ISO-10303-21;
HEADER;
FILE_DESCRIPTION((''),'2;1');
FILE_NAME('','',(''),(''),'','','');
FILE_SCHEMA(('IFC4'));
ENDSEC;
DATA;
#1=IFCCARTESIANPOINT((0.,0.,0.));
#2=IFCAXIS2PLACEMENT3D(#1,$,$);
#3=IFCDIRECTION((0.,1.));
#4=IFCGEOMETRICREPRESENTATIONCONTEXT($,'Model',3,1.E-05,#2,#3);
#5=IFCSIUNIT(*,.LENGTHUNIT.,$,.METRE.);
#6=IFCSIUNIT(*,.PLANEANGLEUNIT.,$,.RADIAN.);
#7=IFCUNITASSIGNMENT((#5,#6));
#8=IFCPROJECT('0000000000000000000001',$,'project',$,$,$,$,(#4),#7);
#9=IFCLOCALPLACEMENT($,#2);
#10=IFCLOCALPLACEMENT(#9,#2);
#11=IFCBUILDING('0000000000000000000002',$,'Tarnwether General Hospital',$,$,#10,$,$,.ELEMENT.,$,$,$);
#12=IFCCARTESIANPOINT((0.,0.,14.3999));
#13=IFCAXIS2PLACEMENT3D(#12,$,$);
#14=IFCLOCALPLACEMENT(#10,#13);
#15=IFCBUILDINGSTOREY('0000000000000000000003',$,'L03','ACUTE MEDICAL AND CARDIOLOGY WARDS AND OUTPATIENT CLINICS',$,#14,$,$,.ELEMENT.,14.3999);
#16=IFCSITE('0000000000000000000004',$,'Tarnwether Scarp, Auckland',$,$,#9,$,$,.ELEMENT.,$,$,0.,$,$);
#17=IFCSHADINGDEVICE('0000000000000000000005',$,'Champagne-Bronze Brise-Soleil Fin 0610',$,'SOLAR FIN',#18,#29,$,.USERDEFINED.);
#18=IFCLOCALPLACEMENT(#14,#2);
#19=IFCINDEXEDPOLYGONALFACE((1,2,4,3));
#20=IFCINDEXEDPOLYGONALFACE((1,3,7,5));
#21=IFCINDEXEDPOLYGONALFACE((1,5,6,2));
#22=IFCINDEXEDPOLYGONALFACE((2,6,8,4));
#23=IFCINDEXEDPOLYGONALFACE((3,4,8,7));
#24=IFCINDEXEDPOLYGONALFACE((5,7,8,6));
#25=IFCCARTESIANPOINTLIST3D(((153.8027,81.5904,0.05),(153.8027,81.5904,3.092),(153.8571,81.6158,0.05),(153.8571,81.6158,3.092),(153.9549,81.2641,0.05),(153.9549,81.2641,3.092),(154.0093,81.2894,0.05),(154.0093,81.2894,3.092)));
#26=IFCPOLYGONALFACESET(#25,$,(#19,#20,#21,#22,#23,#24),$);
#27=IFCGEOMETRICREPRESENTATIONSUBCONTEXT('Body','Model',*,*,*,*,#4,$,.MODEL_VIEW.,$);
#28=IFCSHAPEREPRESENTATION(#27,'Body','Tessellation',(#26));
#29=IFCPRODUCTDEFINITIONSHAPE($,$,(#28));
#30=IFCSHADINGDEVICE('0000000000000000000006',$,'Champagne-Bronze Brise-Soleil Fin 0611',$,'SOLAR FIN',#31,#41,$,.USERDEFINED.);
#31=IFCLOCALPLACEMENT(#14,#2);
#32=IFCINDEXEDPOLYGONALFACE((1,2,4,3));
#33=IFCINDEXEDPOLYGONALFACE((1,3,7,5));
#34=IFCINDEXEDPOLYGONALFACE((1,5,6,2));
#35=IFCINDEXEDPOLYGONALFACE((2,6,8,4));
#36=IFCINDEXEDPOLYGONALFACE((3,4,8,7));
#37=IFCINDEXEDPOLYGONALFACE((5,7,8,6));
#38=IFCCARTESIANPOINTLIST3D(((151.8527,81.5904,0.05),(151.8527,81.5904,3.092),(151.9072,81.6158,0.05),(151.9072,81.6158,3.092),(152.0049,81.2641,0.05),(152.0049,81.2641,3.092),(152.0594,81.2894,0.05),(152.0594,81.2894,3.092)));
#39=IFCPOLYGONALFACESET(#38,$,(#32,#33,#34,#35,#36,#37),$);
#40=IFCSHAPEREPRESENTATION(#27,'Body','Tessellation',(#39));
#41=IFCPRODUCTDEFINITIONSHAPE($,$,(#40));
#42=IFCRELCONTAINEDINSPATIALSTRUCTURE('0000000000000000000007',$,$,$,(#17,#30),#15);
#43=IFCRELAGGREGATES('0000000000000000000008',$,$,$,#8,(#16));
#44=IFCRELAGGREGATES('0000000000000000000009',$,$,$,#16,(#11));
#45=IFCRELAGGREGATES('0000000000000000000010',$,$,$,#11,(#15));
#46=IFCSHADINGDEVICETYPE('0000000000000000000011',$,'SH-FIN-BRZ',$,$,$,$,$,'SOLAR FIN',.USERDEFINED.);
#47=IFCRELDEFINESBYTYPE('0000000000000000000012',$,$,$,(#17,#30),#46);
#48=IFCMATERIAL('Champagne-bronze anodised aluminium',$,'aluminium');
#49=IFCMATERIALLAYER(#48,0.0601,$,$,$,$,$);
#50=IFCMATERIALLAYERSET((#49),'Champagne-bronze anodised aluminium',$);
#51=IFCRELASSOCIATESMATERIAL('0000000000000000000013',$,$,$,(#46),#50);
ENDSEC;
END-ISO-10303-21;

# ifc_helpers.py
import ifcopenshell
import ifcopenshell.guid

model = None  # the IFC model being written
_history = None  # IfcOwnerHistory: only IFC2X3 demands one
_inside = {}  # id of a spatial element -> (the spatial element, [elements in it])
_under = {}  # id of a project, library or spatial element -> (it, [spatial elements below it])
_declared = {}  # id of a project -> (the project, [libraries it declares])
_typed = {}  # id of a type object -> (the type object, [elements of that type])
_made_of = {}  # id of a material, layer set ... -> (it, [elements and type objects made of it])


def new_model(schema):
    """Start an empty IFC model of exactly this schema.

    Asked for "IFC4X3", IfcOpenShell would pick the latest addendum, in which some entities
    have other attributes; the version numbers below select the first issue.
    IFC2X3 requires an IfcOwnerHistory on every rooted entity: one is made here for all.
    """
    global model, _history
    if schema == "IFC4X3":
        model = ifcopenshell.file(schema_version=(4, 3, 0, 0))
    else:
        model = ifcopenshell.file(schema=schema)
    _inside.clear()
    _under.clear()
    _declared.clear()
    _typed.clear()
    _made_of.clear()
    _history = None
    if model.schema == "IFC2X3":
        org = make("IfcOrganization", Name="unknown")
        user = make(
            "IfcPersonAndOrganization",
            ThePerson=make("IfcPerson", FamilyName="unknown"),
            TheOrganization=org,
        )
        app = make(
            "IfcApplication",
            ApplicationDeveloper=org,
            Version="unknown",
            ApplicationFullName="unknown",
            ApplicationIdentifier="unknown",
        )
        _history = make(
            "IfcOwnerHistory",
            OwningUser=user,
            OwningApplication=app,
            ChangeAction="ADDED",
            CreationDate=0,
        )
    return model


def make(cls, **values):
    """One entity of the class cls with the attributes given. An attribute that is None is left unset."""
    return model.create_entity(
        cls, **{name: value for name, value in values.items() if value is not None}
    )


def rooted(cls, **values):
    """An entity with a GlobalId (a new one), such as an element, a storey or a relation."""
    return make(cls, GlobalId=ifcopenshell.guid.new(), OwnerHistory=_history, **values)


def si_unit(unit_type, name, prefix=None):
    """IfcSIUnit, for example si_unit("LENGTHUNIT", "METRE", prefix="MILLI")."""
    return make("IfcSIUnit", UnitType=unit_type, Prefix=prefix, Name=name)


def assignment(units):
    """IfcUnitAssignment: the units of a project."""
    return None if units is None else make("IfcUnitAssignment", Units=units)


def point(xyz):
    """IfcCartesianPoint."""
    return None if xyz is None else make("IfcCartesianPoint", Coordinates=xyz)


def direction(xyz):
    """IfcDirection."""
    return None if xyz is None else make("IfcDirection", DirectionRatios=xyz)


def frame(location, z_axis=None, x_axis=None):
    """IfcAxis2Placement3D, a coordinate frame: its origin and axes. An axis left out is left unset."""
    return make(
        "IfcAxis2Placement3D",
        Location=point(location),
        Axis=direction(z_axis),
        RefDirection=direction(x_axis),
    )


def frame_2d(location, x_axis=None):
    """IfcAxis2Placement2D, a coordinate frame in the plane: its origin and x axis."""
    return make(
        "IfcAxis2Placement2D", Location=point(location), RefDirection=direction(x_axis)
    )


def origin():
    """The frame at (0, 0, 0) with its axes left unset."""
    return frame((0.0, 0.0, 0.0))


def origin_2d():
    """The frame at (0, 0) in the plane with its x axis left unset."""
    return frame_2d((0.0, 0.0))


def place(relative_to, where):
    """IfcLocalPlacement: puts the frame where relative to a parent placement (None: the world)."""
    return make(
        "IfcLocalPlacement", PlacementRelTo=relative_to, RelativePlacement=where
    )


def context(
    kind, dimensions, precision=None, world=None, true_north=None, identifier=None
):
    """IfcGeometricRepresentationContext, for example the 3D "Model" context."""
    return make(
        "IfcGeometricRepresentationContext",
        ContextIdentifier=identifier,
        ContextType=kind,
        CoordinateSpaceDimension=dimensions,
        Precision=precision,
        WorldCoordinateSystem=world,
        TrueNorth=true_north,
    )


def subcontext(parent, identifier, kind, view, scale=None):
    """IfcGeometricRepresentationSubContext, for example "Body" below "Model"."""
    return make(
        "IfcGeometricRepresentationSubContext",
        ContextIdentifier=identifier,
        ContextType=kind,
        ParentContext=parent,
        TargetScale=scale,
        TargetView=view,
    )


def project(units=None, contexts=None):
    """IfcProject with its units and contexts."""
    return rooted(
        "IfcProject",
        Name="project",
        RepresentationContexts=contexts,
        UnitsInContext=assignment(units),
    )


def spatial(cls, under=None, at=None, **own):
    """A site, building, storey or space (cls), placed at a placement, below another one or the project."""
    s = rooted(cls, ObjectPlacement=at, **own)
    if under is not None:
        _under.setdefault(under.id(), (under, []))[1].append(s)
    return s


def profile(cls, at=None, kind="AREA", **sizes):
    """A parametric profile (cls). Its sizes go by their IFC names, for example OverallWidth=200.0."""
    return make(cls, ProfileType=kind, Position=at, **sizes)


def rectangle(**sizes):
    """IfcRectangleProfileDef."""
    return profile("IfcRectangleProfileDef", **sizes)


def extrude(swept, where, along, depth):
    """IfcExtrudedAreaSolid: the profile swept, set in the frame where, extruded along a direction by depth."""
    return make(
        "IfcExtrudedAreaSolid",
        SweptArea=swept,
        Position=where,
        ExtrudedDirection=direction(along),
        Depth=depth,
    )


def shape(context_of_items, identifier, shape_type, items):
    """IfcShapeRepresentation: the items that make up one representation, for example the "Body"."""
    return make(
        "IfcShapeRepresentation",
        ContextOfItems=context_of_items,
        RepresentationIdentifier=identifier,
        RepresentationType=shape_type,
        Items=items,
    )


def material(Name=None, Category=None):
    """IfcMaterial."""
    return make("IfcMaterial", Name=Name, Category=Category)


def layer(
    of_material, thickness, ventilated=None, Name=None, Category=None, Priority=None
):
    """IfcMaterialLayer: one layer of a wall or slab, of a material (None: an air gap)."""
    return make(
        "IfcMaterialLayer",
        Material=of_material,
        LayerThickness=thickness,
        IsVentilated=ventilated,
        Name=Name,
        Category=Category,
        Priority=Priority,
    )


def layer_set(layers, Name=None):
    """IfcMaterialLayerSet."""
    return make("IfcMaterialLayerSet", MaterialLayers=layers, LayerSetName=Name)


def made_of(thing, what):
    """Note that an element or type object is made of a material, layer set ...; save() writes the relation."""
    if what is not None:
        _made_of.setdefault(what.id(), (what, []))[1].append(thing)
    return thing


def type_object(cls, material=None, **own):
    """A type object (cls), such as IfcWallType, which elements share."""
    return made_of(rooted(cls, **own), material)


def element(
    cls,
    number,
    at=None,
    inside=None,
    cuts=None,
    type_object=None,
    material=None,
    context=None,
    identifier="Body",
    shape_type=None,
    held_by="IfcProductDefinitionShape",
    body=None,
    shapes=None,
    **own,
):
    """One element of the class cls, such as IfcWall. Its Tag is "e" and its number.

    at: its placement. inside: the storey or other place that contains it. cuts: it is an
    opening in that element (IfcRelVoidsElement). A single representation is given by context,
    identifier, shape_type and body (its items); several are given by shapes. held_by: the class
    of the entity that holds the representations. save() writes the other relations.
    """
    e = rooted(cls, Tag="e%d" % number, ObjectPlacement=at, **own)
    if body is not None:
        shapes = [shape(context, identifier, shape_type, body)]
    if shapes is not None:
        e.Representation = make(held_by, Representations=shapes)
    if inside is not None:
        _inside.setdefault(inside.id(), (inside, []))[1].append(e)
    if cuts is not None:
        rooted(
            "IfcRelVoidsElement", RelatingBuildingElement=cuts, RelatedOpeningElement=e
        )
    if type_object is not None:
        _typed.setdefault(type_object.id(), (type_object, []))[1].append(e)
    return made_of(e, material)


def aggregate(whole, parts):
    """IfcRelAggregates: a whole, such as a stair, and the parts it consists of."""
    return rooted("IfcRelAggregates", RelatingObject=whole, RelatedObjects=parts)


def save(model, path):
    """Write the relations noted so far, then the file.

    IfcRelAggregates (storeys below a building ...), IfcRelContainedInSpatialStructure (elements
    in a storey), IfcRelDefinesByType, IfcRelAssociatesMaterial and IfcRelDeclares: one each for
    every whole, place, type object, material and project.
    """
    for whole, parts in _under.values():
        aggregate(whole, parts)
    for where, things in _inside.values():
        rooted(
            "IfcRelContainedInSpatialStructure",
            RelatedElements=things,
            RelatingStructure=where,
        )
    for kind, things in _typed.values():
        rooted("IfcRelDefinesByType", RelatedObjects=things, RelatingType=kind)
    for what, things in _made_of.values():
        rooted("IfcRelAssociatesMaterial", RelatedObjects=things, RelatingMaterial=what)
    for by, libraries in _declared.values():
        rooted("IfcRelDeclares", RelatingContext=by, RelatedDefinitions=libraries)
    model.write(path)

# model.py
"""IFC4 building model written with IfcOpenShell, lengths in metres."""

from ifc_helpers import new_model, si_unit, direction, frame, origin, origin_2d, place, context, subcontext, project, spatial, rectangle, extrude, material, layer, layer_set, type_object, element, save


model = new_model("IFC4")

# Units and contexts
model_context = context("Model", 3, precision=1e-05, world=origin(), true_north=direction((0.0, 1.0)))
body_context = subcontext(model_context, "Body", "Model", "MODEL_VIEW")
ifc_project = project(units=[si_unit("LENGTHUNIT", "METRE"), si_unit("PLANEANGLEUNIT", "RADIAN")], contexts=[model_context])

# Site, building, storey
site_placement = place(None, origin())
site = spatial("IfcSite", under=ifc_project, at=site_placement, Name="Tarnwether Scarp, Auckland", CompositionType="ELEMENT", RefElevation=0.0)
building_placement = place(site_placement, origin())
building = spatial("IfcBuilding", under=site, at=building_placement, Name="Tarnwether General Hospital", CompositionType="ELEMENT")
storey_placement = place(building_placement, frame((0.0, 0.0, 14.3999)))
storey = spatial("IfcBuildingStorey", under=building, at=storey_placement, Name="L03", Description="ACUTE MEDICAL AND CARDIOLOGY WARDS AND OUTPATIENT CLINICS", CompositionType="ELEMENT", Elevation=14.3999)

# Shading devices
ifc_material_1 = material(Name="Champagne-bronze anodised aluminium", Category="aluminium")
ifc_layer_1 = layer(ifc_material_1, 0.0601)
ifc_layer_set_1 = layer_set([ifc_layer_1], Name="Champagne-bronze anodised aluminium")
shading_device_type = type_object("IfcShadingDeviceType", Name="SH-FIN-BRZ", ElementType="SOLAR FIN", PredefinedType="USERDEFINED", material=ifc_layer_set_1)
for number, where, z_axis, x_axis, name in (
    (1, (153.906, 81.4399, 0.05), (0.0, 0.0, 1.0), (-0.906308, -0.422618, 0.0), "Champagne-Bronze Brise-Soleil Fin 0610"),
    (2, (151.9561, 81.4399, 0.05), (0.0, 0.0, 1.0), (-0.906308, -0.422618, 0.0), "Champagne-Bronze Brise-Soleil Fin 0611"),
):
    element("IfcShadingDevice", number, at=place(storey_placement, frame(where, z_axis=z_axis, x_axis=x_axis)), inside=storey, type_object=shading_device_type, Name=name, ObjectType="SOLAR FIN", PredefinedType="USERDEFINED", context=body_context, shape_type="SweptSolid", body=[
        extrude(rectangle(XDim=0.0601, YDim=0.3601, at=origin_2d()), origin(), (0.0, 0.0, 1.0), 3.042),
    ])

save(model, "model.ifc")
